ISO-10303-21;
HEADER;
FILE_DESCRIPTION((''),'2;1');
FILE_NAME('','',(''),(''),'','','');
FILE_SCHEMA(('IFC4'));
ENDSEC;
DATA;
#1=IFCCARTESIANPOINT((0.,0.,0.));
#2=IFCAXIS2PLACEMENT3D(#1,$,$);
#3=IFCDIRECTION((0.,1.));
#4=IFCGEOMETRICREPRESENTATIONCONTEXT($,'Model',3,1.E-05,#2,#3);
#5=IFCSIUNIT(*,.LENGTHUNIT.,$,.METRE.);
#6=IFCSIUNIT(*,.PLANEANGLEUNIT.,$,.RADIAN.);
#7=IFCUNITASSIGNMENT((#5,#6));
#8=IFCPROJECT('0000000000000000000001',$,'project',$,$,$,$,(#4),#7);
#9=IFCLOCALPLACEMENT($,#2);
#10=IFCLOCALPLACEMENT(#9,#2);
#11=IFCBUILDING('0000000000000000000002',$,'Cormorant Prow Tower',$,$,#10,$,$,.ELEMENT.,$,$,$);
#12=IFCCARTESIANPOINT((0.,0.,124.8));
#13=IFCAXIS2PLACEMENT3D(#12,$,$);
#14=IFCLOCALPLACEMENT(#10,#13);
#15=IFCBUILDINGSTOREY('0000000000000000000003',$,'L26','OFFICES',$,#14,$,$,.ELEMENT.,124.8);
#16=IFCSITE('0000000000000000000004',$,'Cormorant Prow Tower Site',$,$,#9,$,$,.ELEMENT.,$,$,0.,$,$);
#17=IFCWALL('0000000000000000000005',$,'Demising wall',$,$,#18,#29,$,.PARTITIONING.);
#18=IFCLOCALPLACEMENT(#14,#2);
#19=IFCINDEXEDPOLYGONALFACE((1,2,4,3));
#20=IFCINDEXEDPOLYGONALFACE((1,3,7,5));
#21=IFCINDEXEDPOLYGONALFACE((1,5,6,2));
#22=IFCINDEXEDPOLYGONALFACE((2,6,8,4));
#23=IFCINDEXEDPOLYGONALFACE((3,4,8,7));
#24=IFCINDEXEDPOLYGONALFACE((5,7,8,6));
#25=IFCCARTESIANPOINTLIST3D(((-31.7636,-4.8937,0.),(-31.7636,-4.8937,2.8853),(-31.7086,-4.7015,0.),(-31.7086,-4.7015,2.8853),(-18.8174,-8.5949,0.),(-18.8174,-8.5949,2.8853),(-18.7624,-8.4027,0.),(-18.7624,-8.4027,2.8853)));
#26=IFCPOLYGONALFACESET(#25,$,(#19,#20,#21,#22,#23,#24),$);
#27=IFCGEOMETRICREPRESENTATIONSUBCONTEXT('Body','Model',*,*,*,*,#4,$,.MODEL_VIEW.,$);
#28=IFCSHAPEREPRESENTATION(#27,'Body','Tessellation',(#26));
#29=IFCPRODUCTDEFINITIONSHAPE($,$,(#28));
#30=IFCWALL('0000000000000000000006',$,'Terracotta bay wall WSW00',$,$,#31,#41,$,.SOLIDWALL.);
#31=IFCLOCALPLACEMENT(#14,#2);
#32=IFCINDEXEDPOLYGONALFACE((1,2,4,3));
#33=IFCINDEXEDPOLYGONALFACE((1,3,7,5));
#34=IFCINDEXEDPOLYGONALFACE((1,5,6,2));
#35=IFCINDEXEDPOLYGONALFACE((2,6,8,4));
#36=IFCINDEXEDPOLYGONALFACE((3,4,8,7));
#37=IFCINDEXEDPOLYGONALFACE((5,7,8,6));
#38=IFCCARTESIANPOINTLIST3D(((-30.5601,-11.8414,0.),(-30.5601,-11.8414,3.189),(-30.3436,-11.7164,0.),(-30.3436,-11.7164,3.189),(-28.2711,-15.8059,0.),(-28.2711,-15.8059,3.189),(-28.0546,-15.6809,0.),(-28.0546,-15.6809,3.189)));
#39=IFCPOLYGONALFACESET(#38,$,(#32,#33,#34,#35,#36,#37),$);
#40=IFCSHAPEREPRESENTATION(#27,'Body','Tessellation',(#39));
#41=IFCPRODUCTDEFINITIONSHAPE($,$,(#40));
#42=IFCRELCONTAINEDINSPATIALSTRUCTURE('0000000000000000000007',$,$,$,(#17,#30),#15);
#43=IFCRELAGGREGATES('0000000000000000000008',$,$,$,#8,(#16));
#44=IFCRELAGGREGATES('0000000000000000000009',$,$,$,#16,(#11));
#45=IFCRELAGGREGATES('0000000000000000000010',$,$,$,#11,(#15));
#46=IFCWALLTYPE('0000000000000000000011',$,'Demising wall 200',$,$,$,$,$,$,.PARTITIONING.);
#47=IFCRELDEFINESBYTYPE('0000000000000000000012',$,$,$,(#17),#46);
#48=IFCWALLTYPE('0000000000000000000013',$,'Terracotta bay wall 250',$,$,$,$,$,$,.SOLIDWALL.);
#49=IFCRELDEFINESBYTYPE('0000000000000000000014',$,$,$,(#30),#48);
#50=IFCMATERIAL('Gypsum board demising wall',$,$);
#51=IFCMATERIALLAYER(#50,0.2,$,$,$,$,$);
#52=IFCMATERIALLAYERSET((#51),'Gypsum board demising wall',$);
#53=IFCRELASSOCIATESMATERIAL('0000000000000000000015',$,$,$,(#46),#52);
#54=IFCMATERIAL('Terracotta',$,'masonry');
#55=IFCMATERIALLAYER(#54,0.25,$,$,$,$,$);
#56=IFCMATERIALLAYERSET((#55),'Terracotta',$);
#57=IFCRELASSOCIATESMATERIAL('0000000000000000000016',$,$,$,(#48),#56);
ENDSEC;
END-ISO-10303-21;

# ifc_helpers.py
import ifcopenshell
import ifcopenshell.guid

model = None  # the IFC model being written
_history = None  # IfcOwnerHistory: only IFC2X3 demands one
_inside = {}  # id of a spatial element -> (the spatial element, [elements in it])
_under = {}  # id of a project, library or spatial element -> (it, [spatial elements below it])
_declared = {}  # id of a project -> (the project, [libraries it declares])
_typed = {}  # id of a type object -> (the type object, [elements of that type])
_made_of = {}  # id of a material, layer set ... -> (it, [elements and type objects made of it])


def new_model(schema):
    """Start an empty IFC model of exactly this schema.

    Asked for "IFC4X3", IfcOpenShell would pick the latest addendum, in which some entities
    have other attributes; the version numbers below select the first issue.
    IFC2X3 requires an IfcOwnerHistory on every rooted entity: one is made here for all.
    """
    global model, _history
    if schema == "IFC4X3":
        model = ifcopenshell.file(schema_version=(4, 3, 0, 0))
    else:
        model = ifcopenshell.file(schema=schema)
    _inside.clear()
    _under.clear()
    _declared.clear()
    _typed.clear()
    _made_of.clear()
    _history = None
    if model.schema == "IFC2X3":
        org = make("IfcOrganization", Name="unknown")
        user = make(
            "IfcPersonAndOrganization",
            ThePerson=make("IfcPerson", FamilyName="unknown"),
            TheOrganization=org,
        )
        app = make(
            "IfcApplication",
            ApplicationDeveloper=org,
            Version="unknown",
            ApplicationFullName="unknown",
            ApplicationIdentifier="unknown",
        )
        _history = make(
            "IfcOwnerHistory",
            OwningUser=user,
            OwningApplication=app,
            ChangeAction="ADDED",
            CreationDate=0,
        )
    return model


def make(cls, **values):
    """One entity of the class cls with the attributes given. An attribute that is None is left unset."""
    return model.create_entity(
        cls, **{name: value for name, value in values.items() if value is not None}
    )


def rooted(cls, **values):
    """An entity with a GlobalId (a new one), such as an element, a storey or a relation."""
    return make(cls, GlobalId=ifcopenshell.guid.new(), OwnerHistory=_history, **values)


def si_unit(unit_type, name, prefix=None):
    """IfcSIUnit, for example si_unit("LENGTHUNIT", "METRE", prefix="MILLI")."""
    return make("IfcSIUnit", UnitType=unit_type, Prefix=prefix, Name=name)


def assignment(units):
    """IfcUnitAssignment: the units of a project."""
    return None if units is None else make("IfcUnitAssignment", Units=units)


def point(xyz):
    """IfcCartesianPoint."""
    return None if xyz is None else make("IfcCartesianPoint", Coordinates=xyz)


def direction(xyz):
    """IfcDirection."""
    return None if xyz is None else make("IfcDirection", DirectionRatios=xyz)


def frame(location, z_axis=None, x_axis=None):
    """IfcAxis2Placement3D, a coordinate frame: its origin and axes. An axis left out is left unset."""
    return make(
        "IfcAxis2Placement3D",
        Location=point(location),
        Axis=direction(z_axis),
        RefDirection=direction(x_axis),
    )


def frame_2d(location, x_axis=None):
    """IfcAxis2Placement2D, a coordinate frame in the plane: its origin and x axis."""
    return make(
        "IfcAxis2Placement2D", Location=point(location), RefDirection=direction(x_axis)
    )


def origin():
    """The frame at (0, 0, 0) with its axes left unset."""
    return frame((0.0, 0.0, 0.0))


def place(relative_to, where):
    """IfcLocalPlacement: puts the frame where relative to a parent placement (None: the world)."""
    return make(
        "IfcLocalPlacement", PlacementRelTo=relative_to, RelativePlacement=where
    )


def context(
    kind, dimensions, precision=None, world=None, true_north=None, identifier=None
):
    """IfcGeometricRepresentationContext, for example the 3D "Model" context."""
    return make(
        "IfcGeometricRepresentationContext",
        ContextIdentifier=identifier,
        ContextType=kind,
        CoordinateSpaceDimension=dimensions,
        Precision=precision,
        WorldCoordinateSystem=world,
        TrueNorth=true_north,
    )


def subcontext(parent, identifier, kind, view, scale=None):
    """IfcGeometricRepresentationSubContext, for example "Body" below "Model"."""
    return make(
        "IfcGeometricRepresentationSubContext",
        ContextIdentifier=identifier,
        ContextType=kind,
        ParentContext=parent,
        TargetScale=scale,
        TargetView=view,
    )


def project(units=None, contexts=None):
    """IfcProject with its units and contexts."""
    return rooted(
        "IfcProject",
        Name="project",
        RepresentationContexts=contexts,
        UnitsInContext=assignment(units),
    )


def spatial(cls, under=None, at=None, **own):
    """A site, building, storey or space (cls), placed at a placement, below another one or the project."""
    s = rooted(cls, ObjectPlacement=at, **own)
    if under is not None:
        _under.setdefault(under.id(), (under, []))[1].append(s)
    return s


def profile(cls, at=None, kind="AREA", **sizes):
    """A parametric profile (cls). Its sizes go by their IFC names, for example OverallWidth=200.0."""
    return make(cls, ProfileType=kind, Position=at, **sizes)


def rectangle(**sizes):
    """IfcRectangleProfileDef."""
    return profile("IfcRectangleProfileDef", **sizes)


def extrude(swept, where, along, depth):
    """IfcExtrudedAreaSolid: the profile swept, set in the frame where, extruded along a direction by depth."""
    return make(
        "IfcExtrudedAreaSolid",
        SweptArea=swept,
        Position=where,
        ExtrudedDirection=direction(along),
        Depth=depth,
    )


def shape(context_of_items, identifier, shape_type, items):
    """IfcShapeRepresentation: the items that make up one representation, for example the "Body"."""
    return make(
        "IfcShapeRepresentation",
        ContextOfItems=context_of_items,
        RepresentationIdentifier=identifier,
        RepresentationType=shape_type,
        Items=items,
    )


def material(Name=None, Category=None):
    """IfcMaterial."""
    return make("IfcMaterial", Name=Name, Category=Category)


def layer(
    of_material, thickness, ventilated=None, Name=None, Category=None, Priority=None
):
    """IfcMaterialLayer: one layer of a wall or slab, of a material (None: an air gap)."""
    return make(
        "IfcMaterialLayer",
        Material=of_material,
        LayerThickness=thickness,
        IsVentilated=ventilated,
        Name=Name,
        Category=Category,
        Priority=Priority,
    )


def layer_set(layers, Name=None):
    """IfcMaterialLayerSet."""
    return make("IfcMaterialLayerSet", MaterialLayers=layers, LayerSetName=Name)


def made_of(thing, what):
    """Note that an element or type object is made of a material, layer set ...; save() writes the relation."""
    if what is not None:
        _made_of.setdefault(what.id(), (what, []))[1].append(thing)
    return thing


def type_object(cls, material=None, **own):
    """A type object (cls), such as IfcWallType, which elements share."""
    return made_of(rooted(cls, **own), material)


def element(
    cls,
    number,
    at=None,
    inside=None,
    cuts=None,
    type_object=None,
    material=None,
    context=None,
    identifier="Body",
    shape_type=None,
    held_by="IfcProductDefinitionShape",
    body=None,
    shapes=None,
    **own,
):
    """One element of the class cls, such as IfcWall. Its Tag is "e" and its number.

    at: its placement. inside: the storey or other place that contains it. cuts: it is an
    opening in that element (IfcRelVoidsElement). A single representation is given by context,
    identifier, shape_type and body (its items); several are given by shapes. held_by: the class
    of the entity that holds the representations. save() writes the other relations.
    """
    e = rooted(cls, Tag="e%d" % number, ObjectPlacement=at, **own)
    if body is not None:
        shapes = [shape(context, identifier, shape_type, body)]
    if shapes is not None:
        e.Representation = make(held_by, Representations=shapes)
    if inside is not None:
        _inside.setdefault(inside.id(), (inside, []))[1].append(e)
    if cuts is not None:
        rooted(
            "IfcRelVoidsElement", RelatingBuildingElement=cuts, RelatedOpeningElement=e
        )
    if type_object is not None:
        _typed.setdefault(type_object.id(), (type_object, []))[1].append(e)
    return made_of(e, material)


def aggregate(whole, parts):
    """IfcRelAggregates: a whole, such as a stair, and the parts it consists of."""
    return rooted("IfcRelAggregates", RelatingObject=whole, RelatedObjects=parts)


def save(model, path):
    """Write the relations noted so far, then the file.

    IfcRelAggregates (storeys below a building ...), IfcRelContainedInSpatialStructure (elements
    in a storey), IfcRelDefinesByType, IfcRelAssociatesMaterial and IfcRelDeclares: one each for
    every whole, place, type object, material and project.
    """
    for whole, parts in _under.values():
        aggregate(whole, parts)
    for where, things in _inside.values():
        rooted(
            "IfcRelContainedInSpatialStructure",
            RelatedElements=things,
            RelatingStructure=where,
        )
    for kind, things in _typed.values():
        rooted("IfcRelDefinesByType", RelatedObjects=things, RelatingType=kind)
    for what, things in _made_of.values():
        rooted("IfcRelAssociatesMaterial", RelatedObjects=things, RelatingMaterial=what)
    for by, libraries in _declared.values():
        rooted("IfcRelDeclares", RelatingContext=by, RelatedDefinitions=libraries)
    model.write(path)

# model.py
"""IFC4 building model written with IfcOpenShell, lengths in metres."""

from ifc_helpers import new_model, si_unit, direction, frame, frame_2d, origin, place, context, subcontext, project, spatial, rectangle, extrude, material, layer, layer_set, type_object, element, save


model = new_model("IFC4")

# Units and contexts
model_context = context("Model", 3, precision=1e-05, world=origin(), true_north=direction((0.0, 1.0)))
body_context = subcontext(model_context, "Body", "Model", "MODEL_VIEW")
ifc_project = project(units=[si_unit("LENGTHUNIT", "METRE"), si_unit("PLANEANGLEUNIT", "RADIAN")], contexts=[model_context])

# Site, building, storey
site_placement = place(None, origin())
site = spatial("IfcSite", under=ifc_project, at=site_placement, Name="Cormorant Prow Tower Site", CompositionType="ELEMENT", RefElevation=0.0)
building_placement = place(site_placement, origin())
building = spatial("IfcBuilding", under=site, at=building_placement, Name="Cormorant Prow Tower", CompositionType="ELEMENT")
storey_placement = place(building_placement, frame((0.0, 0.0, 124.8)))
storey = spatial("IfcBuildingStorey", under=building, at=storey_placement, Name="L26", Description="OFFICES", CompositionType="ELEMENT", Elevation=124.8)

# Walls
ifc_material_1 = material(Name="Gypsum board demising wall")
ifc_layer_1 = layer(ifc_material_1, 0.2)
ifc_layer_set_1 = layer_set([ifc_layer_1], Name="Gypsum board demising wall")
wall_type_1 = type_object("IfcWallType", Name="Demising wall 200", PredefinedType="PARTITIONING", material=ifc_layer_set_1)
wall_1_placement = place(storey_placement, frame((-31.7361, -4.7976, 0.0), z_axis=(0.0, 0.0, 1.0), x_axis=(0.961479, -0.274879, 0.0)))
element("IfcWall", 1, at=wall_1_placement, inside=storey, type_object=wall_type_1, Name="Demising wall", PredefinedType="PARTITIONING", context=body_context, shape_type="SweptSolid", body=[
    extrude(rectangle(XDim=13.4648, YDim=0.2, at=frame_2d((6.7324, 0.0))), origin(), (0.0, 0.0, 1.0), 2.8853),
])
ifc_material_2 = material(Name="Terracotta", Category="masonry")
ifc_layer_2 = layer(ifc_material_2, 0.25)
ifc_layer_set_2 = layer_set([ifc_layer_2], Name="Terracotta")
wall_type_2 = type_object("IfcWallType", Name="Terracotta bay wall 250", PredefinedType="SOLIDWALL", material=ifc_layer_set_2)
wall_2_placement = place(storey_placement, frame((-30.4519, -11.7788, 0.0), z_axis=(0.0, 0.0, 1.0), x_axis=(0.500016, -0.866016, 0.0)))
element("IfcWall", 2, at=wall_2_placement, inside=storey, type_object=wall_type_2, Name="Terracotta bay wall WSW00", PredefinedType="SOLIDWALL", context=body_context, shape_type="SweptSolid", body=[
    extrude(rectangle(XDim=4.5779, YDim=0.25, at=frame_2d((2.2891, 0.0))), origin(), (0.0, 0.0, 1.0), 3.189),
])

save(model, "model.ifc")
